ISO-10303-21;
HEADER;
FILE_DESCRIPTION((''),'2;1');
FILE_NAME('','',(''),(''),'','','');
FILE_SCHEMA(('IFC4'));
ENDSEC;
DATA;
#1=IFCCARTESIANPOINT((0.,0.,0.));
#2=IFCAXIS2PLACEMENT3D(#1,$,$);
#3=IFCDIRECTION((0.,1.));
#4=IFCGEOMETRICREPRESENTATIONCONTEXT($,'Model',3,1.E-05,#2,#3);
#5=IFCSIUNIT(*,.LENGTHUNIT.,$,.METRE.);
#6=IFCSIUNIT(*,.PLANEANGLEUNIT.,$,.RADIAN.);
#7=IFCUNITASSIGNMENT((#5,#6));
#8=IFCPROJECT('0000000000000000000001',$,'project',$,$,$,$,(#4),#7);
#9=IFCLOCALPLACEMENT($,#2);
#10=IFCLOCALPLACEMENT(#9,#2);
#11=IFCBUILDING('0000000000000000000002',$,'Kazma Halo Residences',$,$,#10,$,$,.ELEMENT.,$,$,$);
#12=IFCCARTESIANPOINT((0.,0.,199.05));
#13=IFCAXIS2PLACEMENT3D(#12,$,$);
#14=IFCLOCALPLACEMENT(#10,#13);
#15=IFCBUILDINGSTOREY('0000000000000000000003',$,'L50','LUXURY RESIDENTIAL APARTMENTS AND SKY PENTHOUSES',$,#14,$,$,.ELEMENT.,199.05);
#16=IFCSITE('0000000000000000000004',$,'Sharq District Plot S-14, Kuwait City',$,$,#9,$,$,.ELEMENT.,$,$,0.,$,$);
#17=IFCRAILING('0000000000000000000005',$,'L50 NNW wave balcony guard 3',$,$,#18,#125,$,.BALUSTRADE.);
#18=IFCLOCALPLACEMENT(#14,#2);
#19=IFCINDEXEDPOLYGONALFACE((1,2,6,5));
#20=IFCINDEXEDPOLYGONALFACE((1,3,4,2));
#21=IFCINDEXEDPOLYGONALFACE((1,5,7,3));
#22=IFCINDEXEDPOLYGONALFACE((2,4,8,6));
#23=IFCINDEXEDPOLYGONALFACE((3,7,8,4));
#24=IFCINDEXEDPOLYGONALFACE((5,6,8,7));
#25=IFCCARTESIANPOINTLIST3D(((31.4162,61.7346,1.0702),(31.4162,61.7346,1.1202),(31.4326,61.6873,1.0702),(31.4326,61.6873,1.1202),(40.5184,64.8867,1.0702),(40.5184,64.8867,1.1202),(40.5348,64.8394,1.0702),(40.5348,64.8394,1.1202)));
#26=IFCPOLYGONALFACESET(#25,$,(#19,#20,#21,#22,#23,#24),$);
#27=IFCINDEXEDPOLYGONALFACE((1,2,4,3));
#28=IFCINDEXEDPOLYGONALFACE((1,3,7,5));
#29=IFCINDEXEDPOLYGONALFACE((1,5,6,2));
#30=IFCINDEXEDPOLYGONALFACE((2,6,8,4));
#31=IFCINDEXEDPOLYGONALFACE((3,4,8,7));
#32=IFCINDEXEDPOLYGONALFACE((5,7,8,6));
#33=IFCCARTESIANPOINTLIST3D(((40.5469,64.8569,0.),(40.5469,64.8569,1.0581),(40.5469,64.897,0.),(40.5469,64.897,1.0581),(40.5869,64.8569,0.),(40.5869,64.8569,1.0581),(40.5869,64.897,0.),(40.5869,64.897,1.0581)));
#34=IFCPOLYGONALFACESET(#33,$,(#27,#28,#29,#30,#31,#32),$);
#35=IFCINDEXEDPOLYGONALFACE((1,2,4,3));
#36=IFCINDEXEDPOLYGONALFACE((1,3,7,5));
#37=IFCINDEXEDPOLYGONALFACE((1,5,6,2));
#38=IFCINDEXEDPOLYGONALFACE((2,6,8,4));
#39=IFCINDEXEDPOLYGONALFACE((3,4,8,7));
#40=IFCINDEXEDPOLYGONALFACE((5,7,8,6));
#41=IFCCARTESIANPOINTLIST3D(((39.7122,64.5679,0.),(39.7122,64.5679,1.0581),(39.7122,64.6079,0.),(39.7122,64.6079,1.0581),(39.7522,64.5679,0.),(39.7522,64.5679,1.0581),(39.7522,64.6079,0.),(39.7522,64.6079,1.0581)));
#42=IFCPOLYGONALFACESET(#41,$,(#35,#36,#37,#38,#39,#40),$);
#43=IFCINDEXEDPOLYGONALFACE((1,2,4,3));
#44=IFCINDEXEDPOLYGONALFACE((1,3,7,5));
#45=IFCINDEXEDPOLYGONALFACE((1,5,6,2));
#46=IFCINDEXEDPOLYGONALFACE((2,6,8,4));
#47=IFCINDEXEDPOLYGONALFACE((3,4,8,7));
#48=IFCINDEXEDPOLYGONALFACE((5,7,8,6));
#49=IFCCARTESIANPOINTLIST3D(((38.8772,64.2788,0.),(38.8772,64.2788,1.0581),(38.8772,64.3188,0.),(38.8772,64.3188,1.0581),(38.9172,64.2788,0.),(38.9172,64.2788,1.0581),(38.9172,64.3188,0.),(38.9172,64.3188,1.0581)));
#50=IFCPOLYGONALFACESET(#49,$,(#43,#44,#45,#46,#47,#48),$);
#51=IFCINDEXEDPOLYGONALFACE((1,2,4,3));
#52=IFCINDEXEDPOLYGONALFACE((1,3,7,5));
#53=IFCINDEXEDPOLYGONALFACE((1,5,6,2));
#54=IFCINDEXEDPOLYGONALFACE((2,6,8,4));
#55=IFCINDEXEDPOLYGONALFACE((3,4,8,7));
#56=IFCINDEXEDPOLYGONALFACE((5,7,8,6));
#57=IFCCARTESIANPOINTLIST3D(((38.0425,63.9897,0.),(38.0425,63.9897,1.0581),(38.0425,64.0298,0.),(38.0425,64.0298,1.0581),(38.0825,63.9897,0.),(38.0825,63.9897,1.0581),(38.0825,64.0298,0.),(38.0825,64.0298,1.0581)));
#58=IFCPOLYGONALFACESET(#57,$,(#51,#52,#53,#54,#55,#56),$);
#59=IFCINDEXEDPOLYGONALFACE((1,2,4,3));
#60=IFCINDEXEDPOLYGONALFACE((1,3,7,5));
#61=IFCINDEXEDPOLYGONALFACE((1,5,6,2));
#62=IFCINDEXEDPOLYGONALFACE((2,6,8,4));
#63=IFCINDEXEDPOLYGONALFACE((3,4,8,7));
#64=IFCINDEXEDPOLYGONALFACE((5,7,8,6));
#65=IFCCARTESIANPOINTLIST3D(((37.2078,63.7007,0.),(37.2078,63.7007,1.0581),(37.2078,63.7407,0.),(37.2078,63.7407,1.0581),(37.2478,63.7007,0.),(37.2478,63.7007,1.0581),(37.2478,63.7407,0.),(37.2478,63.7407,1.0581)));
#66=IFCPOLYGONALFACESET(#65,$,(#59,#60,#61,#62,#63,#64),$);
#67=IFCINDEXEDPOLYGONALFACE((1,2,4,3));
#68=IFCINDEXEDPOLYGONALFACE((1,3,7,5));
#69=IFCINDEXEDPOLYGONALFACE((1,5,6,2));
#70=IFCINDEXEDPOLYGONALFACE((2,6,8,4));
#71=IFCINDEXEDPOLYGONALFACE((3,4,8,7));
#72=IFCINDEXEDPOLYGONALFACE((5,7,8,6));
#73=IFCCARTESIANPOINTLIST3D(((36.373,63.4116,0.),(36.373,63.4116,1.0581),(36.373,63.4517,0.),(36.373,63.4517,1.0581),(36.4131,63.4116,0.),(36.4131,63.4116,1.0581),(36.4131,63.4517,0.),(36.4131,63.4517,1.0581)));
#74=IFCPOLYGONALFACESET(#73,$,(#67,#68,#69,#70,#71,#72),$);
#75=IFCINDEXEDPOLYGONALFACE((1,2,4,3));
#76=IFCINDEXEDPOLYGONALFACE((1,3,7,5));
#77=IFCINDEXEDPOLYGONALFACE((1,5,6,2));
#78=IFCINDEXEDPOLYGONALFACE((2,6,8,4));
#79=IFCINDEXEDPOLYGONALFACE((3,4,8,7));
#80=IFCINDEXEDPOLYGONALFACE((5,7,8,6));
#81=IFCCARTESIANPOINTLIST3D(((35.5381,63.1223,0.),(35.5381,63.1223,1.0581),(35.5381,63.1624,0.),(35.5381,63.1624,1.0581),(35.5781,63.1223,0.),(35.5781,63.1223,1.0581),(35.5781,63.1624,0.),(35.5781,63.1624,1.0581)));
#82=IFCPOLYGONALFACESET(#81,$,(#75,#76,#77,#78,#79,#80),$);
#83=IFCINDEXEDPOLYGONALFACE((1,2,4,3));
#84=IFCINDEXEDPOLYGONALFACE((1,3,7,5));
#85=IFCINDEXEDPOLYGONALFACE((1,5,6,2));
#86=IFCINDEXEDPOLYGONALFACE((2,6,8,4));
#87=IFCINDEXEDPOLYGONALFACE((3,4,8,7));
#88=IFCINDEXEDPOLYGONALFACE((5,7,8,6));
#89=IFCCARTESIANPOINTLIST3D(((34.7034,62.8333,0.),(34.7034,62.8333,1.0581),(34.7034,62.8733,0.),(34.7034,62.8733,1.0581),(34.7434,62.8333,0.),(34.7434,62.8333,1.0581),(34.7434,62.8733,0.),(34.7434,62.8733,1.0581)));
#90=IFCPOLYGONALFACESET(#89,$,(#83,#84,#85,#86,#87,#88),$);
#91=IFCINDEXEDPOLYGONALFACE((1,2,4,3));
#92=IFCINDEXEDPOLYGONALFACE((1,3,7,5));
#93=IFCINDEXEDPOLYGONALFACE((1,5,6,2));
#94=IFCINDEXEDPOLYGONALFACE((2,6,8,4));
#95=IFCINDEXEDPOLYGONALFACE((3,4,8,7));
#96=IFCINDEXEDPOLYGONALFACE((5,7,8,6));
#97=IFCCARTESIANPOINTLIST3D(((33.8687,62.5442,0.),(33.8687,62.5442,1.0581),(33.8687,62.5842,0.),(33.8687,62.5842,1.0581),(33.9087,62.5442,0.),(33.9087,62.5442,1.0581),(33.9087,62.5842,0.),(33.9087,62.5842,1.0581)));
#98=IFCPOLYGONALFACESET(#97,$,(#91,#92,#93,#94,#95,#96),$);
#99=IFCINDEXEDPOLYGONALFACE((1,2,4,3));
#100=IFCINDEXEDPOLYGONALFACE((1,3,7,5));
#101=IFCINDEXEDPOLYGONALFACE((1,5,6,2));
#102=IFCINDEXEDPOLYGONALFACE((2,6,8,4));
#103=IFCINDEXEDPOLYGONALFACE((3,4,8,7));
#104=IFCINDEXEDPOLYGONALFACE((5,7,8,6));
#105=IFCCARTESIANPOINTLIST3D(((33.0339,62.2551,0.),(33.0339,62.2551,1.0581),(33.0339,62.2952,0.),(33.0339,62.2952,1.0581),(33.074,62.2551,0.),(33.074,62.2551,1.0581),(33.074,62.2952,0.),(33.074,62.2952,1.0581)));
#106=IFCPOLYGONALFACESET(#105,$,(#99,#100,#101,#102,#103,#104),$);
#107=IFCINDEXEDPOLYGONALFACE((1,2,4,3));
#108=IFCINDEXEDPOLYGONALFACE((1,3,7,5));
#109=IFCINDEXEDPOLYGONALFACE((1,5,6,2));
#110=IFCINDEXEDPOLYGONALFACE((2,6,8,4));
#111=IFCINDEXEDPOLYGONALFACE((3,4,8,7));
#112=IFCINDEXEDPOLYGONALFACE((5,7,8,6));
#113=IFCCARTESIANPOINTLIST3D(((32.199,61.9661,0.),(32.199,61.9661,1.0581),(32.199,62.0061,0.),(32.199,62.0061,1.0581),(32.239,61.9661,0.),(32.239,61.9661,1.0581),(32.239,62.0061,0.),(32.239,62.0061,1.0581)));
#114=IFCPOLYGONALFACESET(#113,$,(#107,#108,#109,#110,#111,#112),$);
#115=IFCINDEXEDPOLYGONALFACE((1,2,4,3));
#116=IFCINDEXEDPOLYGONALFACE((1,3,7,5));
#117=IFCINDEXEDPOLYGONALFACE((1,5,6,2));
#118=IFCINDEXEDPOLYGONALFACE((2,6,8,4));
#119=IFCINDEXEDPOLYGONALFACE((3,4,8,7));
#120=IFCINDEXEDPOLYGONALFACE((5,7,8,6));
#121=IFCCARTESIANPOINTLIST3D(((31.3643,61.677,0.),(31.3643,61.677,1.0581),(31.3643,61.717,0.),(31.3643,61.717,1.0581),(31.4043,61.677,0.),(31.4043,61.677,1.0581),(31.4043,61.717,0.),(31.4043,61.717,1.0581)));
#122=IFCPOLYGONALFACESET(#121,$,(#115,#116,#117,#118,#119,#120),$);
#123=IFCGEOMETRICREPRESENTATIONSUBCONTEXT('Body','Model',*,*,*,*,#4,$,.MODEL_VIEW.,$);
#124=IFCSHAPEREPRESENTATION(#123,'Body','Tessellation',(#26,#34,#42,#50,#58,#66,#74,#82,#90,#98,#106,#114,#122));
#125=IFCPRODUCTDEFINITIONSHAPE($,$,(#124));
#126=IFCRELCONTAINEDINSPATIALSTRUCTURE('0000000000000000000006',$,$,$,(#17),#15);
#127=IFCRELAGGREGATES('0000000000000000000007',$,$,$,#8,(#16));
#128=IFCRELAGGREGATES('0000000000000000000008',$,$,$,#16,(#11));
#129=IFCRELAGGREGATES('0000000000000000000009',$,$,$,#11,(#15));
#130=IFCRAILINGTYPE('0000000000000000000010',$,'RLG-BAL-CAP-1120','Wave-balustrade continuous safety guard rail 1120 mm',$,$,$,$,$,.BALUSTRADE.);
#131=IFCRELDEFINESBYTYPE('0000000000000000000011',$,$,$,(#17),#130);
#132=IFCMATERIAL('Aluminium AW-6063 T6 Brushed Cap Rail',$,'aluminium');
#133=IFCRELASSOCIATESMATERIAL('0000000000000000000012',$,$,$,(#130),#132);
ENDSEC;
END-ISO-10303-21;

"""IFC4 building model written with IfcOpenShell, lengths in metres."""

from ifc_helpers import new_model, si_unit, direction, frame, origin, origin_2d, place, context, subcontext, project, spatial, rectangle, extrude, material, type_object, element, save


model = new_model("IFC4")

# Units and contexts
model_context = context("Model", 3, precision=1e-05, world=origin(), true_north=direction((0.0, 1.0)))
body_context = subcontext(model_context, "Body", "Model", "MODEL_VIEW")
ifc_project = project(units=[si_unit("LENGTHUNIT", "METRE"), si_unit("PLANEANGLEUNIT", "RADIAN")], contexts=[model_context])

# Site, building, storey
site_placement = place(None, origin())
site = spatial("IfcSite", under=ifc_project, at=site_placement, Name="Sharq District Plot S-14, Kuwait City", CompositionType="ELEMENT", RefElevation=0.0)
building_placement = place(site_placement, origin())
building = spatial("IfcBuilding", under=site, at=building_placement, Name="Kazma Halo Residences", CompositionType="ELEMENT")
storey_placement = place(building_placement, frame((0.0, 0.0, 199.05)))
storey = spatial("IfcBuildingStorey", under=building, at=storey_placement, Name="L50", Description="LUXURY RESIDENTIAL APARTMENTS AND SKY PENTHOUSES", CompositionType="ELEMENT", Elevation=199.05)

# Railing
ifc_material_1 = material(Name="Aluminium AW-6063 T6 Brushed Cap Rail", Category="aluminium")
railing_type = type_object("IfcRailingType", Name="RLG-BAL-CAP-1120", Description="Wave-balustrade continuous safety guard rail 1120 mm", PredefinedType="BALUSTRADE", material=ifc_material_1)
railing_placement = place(storey_placement, frame((40.5669, 64.877, 0.0)))
element("IfcRailing", 1, at=railing_placement, inside=storey, type_object=railing_type, Name="L50 NNW wave balcony guard 3", PredefinedType="BALUSTRADE", context=body_context, shape_type="SweptSolid", body=[
    extrude(rectangle(XDim=0.05, YDim=0.05, at=origin_2d()), frame((-0.0403, -0.0139, 1.0952), z_axis=(-0.944944, -0.327233, 0.0), x_axis=(0.327233, -0.944944, 0.0)), (0.0, 0.0, 1.0), 9.6326),
    extrude(rectangle(XDim=0.04, YDim=0.04, at=origin_2d()), origin(), (0.0, 0.0, 1.0), 1.0581),
    extrude(rectangle(XDim=0.04, YDim=0.04, at=origin_2d()), frame((-0.8347, -0.2891, 0.0)), (0.0, 0.0, 1.0), 1.0581),
    extrude(rectangle(XDim=0.04, YDim=0.04, at=origin_2d()), frame((-1.6697, -0.5781, 0.0)), (0.0, 0.0, 1.0), 1.0581),
    extrude(rectangle(XDim=0.04, YDim=0.04, at=origin_2d()), frame((-2.5044, -0.8672, 0.0)), (0.0, 0.0, 1.0), 1.0581),
    extrude(rectangle(XDim=0.04, YDim=0.04, at=origin_2d()), frame((-3.3391, -1.1562, 0.0)), (0.0, 0.0, 1.0), 1.0581),
    extrude(rectangle(XDim=0.04, YDim=0.04, at=origin_2d()), frame((-4.1738, -1.4453, 0.0)), (0.0, 0.0, 1.0), 1.0581),
    extrude(rectangle(XDim=0.04, YDim=0.04, at=origin_2d()), frame((-5.0088, -1.7346, 0.0)), (0.0, 0.0, 1.0), 1.0581),
    extrude(rectangle(XDim=0.04, YDim=0.04, at=origin_2d()), frame((-5.8435, -2.0237, 0.0)), (0.0, 0.0, 1.0), 1.0581),
    extrude(rectangle(XDim=0.04, YDim=0.04, at=origin_2d()), frame((-6.6782, -2.3127, 0.0)), (0.0, 0.0, 1.0), 1.0581),
    extrude(rectangle(XDim=0.04, YDim=0.04, at=origin_2d()), frame((-7.5129, -2.6018, 0.0)), (0.0, 0.0, 1.0), 1.0581),
    extrude(rectangle(XDim=0.04, YDim=0.04, at=origin_2d()), frame((-8.3479, -2.8909, 0.0)), (0.0, 0.0, 1.0), 1.0581),
    extrude(rectangle(XDim=0.04, YDim=0.04, at=origin_2d()), frame((-9.1826, -3.1799, 0.0)), (0.0, 0.0, 1.0), 1.0581),
])

save(model, "model.ifc")
